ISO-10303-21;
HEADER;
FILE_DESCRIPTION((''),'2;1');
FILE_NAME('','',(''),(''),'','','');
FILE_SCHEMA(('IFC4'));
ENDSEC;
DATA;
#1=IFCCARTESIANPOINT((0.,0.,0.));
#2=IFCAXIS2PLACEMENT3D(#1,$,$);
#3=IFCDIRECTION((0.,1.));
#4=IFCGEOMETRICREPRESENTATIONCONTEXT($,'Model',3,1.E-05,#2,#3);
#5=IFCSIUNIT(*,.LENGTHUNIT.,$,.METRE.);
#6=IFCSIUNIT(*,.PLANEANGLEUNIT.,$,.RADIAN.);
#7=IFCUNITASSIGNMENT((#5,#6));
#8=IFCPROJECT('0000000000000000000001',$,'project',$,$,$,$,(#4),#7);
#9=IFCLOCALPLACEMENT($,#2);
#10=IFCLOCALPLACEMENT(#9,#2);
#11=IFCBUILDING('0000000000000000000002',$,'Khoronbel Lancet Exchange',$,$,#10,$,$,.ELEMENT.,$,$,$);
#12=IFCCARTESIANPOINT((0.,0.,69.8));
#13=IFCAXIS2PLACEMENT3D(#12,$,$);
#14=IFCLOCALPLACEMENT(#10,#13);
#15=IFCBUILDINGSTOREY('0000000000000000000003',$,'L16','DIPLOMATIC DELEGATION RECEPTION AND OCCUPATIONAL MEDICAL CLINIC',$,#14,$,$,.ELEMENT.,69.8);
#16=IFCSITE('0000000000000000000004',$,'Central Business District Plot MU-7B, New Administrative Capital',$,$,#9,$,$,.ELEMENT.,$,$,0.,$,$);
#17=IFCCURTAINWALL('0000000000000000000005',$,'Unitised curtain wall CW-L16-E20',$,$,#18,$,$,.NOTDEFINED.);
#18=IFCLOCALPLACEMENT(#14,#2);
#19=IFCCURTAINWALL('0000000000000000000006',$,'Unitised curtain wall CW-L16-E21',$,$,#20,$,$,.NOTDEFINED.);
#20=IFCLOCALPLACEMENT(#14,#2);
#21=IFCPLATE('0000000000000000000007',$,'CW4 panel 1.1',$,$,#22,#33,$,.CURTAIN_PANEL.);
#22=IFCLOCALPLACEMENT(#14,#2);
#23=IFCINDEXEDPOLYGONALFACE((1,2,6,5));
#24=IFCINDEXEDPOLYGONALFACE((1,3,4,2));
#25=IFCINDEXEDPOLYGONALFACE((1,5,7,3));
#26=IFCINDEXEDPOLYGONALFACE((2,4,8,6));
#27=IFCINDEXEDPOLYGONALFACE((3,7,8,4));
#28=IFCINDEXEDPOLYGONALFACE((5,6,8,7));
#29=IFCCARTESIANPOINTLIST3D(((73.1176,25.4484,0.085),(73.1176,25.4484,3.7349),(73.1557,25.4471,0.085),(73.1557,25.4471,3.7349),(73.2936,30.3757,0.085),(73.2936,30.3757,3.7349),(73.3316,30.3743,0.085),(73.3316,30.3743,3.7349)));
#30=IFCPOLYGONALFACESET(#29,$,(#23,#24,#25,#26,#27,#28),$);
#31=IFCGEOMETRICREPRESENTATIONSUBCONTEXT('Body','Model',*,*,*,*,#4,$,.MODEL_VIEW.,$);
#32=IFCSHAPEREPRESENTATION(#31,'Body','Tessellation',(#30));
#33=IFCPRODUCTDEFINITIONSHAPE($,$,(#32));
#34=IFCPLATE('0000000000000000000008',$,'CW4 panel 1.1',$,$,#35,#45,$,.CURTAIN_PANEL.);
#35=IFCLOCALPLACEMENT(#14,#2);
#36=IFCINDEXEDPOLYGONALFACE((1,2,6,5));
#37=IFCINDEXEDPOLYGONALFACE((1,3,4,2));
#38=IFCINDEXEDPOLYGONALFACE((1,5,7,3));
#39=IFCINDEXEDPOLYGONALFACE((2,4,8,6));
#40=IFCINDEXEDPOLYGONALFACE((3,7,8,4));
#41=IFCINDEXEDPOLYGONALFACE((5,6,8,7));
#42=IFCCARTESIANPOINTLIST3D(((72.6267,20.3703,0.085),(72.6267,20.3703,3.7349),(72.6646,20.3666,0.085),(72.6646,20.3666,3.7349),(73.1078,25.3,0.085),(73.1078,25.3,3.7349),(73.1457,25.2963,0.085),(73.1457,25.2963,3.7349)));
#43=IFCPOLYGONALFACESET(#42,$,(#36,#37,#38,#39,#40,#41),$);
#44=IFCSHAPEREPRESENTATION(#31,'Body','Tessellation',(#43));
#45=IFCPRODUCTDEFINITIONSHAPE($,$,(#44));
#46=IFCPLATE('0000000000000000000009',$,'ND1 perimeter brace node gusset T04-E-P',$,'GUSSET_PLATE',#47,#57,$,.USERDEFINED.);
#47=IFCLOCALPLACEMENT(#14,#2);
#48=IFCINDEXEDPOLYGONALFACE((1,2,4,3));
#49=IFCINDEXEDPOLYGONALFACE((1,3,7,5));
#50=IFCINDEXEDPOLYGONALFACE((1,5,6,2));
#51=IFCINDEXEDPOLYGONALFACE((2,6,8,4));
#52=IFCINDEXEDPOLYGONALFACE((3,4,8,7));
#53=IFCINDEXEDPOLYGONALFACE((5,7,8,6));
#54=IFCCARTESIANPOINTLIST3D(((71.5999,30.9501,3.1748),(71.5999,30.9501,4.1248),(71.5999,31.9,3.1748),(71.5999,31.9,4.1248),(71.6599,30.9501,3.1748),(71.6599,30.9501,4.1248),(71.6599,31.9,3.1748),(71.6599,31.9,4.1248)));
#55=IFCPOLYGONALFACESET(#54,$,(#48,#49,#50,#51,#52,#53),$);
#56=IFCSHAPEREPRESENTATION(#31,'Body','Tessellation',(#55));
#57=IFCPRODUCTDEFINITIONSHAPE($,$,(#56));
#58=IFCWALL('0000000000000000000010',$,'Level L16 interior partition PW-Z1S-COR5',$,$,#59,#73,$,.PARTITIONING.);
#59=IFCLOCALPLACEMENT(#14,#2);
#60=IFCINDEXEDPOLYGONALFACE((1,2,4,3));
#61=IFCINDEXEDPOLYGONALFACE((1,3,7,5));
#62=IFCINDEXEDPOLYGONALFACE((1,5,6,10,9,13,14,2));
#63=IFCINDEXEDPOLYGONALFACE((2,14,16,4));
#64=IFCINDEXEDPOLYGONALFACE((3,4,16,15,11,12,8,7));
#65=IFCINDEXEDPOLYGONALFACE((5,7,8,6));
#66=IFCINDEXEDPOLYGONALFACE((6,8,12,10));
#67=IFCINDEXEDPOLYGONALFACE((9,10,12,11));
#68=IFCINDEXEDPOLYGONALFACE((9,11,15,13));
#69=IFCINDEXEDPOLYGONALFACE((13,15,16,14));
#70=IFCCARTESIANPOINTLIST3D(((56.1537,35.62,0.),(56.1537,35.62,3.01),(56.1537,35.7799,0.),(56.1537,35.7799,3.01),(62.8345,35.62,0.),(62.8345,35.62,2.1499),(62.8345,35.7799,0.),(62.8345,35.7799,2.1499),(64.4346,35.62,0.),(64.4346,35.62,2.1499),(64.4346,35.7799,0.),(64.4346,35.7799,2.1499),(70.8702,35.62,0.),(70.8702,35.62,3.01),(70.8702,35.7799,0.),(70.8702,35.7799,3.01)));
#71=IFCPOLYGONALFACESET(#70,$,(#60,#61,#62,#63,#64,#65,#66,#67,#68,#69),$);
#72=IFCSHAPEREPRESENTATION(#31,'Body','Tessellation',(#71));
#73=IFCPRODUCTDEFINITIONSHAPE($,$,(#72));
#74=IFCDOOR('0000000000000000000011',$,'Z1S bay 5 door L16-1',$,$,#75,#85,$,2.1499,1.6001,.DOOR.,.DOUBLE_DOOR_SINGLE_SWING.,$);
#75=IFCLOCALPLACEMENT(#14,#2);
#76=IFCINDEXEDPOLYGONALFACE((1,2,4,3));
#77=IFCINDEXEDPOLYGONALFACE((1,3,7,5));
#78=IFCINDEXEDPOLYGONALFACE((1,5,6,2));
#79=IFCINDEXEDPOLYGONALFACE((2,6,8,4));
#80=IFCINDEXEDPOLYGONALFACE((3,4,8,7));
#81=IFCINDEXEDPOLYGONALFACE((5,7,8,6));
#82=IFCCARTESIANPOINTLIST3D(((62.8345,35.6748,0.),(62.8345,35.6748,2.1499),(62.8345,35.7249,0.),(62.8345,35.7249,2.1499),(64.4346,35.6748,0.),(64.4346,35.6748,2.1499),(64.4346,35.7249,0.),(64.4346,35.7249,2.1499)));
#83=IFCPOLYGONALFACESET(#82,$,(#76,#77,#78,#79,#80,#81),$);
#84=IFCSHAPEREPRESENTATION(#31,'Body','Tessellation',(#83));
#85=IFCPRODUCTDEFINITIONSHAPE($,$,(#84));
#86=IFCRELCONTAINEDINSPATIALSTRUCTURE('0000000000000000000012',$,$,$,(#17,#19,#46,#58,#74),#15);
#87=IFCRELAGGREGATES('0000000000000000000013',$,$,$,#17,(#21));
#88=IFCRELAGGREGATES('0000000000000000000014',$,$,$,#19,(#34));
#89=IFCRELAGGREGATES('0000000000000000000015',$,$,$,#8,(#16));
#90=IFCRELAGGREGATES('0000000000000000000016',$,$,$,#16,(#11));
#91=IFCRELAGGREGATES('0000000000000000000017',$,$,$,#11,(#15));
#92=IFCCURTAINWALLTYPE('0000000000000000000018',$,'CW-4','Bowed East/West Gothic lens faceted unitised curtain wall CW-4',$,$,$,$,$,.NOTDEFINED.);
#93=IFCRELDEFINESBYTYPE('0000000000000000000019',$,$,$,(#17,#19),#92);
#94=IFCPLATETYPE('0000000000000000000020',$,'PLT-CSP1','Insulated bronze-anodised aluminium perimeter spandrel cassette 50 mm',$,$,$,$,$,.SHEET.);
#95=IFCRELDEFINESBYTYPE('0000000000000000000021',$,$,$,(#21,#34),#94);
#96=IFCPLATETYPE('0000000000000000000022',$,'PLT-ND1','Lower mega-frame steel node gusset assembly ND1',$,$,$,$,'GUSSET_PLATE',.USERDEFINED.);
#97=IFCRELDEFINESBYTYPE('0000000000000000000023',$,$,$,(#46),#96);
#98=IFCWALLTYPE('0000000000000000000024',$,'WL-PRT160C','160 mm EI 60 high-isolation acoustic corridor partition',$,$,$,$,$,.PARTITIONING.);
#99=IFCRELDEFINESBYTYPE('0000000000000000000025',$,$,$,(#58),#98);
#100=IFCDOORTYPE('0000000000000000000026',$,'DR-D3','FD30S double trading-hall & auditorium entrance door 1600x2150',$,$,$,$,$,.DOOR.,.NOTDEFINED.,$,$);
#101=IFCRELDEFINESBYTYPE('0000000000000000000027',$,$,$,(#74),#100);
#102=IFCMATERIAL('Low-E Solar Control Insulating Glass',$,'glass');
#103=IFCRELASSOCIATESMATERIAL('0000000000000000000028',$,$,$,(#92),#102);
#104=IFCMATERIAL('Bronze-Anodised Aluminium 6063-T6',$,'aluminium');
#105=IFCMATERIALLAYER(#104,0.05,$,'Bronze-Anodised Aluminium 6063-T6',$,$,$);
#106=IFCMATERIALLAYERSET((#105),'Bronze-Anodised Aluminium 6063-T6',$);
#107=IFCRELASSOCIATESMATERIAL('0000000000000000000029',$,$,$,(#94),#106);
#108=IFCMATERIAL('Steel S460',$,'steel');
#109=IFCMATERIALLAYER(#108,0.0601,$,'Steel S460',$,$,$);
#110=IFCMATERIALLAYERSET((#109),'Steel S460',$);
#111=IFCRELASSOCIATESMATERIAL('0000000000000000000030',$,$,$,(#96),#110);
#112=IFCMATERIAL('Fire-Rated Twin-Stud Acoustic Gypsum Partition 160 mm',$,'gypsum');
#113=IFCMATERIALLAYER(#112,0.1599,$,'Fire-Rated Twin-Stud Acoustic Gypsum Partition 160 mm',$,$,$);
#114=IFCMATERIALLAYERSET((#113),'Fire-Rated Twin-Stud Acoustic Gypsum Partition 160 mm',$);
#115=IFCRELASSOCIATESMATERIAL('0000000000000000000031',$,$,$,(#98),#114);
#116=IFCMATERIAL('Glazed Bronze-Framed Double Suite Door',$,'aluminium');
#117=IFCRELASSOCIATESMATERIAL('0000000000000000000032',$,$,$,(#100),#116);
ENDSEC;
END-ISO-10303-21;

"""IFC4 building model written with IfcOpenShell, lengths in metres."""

from ifc_helpers import new_model, si_unit, direction, frame, frame_2d, origin, origin_2d, place, context, subcontext, project, spatial, rectangle, extrude, material, layer, layer_set, type_object, element, fill, aggregate, save


model = new_model("IFC4")

# Units and contexts
model_context = context("Model", 3, precision=1e-05, world=origin(), true_north=direction((0.0, 1.0)))
body_context = subcontext(model_context, "Body", "Model", "MODEL_VIEW")
ifc_project = project(units=[si_unit("LENGTHUNIT", "METRE"), si_unit("PLANEANGLEUNIT", "RADIAN")], contexts=[model_context])

# Site, building, storey
site_placement = place(None, origin())
site = spatial("IfcSite", under=ifc_project, at=site_placement, Name="Central Business District Plot MU-7B, New Administrative Capital", CompositionType="ELEMENT", RefElevation=0.0)
building_placement = place(site_placement, origin())
building = spatial("IfcBuilding", under=site, at=building_placement, Name="Khoronbel Lancet Exchange", CompositionType="ELEMENT")
storey_placement = place(building_placement, frame((0.0, 0.0, 69.8)))
storey = spatial("IfcBuildingStorey", under=building, at=storey_placement, Name="L16", Description="DIPLOMATIC DELEGATION RECEPTION AND OCCUPATIONAL MEDICAL CLINIC", CompositionType="ELEMENT", Elevation=69.8)

# Shared definitions
ifc_material_1 = material(Name="Low-E Solar Control Insulating Glass", Category="glass")
curtain_wall_type = type_object("IfcCurtainWallType", Name="CW-4", Description="Bowed East/West Gothic lens faceted unitised curtain wall CW-4", PredefinedType="NOTDEFINED", material=ifc_material_1)
ifc_material_2 = material(Name="Bronze-Anodised Aluminium 6063-T6", Category="aluminium")

# Curtain wall
curtain_wall_1_placement = place(storey_placement, origin())
curtain_wall_1 = element("IfcCurtainWall", 1, at=curtain_wall_1_placement, inside=storey, type_object=curtain_wall_type, Name="Unitised curtain wall CW-L16-E20", PredefinedType="NOTDEFINED")

# Curtain wall
curtain_wall_2_placement = place(storey_placement, origin())
curtain_wall_2 = element("IfcCurtainWall", 2, at=curtain_wall_2_placement, inside=storey, type_object=curtain_wall_type, Name="Unitised curtain wall CW-L16-E21", PredefinedType="NOTDEFINED")

# Plates
ifc_layer_1 = layer(ifc_material_2, 0.05, Name="Bronze-Anodised Aluminium 6063-T6")
ifc_layer_set_1 = layer_set([ifc_layer_1], Name="Bronze-Anodised Aluminium 6063-T6")
plate_type_1 = type_object("IfcPlateType", Name="PLT-CSP1", Description="Insulated bronze-anodised aluminium perimeter spandrel cassette 50 mm", PredefinedType="SHEET", material=ifc_layer_set_1)
plate_1_placement = place(storey_placement, frame((73.2246, 27.9114, 0.085), z_axis=(0.0, 0.0, 1.0), x_axis=(-0.035685, -0.999363, 0.0)))
plate_1 = element("IfcPlate", 3, at=plate_1_placement, type_object=plate_type_1, Name="CW4 panel 1.1", PredefinedType="CURTAIN_PANEL", context=body_context, shape_type="SweptSolid", body=[
    extrude(rectangle(XDim=4.9304, YDim=0.0381, at=origin_2d()), origin(), (0.0, 0.0, 1.0), 3.6499),
])
aggregate(curtain_wall_1, [plate_1])
plate_2_placement = place(storey_placement, frame((72.8862, 22.8333, 0.085), z_axis=(0.0, 0.0, 1.0), x_axis=(-0.097135, -0.995271, 0.0)))
plate_2 = element("IfcPlate", 4, at=plate_2_placement, type_object=plate_type_1, Name="CW4 panel 1.1", PredefinedType="CURTAIN_PANEL", context=body_context, shape_type="SweptSolid", body=[
    extrude(rectangle(XDim=4.9531, YDim=0.0381, at=origin_2d()), origin(), (0.0, 0.0, 1.0), 3.6499),
])
aggregate(curtain_wall_2, [plate_2])
ifc_material_3 = material(Name="Steel S460", Category="steel")
ifc_layer_2 = layer(ifc_material_3, 0.0601, Name="Steel S460")
ifc_layer_set_2 = layer_set([ifc_layer_2], Name="Steel S460")
plate_type_2 = type_object("IfcPlateType", Name="PLT-ND1", Description="Lower mega-frame steel node gusset assembly ND1", ElementType="GUSSET_PLATE", PredefinedType="USERDEFINED", material=ifc_layer_set_2)
plate_3_placement = place(storey_placement, frame((71.6299, 31.425, 3.1748), z_axis=(0.0, 0.0, 1.0), x_axis=(0.0, 1.0, 0.0)))
element("IfcPlate", 5, at=plate_3_placement, inside=storey, type_object=plate_type_2, Name="ND1 perimeter brace node gusset T04-E-P", ObjectType="GUSSET_PLATE", PredefinedType="USERDEFINED", context=body_context, shape_type="SweptSolid", body=[
    extrude(rectangle(XDim=0.95, YDim=0.0601, at=origin_2d()), origin(), (0.0, 0.0, 1.0), 0.95),
])

# Wall, opening, door
ifc_material_4 = material(Name="Fire-Rated Twin-Stud Acoustic Gypsum Partition 160 mm", Category="gypsum")
ifc_layer_3 = layer(ifc_material_4, 0.1599, Name="Fire-Rated Twin-Stud Acoustic Gypsum Partition 160 mm")
ifc_layer_set_3 = layer_set([ifc_layer_3], Name="Fire-Rated Twin-Stud Acoustic Gypsum Partition 160 mm")
wall_type = type_object("IfcWallType", Name="WL-PRT160C", Description="160 mm EI 60 high-isolation acoustic corridor partition", PredefinedType="PARTITIONING", material=ifc_layer_set_3)
wall_placement = place(storey_placement, frame((56.1536, 35.7, 0.0), z_axis=(0.0, 0.0, 1.0), x_axis=(1.0, 0.0, 0.0)))
wall = element("IfcWall", 6, at=wall_placement, inside=storey, type_object=wall_type, Name="Level L16 interior partition PW-Z1S-COR5", PredefinedType="PARTITIONING", context=body_context, shape_type="SweptSolid", body=[
    extrude(rectangle(XDim=14.7166, YDim=0.1599, at=frame_2d((7.3584, 0.0))), origin(), (0.0, 0.0, 1.0), 3.01),
])
opening_placement = place(wall_placement, frame((6.6809, 0.0, 0.0)))
opening = element("IfcOpeningElement", 7, at=opening_placement, cuts=wall, PredefinedType="OPENING", context=body_context, shape_type="SweptSolid", body=[
    extrude(rectangle(XDim=1.6001, YDim=2.1499, at=frame_2d((0.8, 1.075))), frame((0.0, 0.0898, 0.0), z_axis=(0.0, -1.0, 0.0), x_axis=(1.0, 0.0, 0.0)), (0.0, 0.0, 1.0), 0.1799),
])
ifc_material_5 = material(Name="Glazed Bronze-Framed Double Suite Door", Category="aluminium")
door_type = type_object("IfcDoorType", Name="DR-D3", Description="FD30S double trading-hall & auditorium entrance door 1600x2150", OperationType="NOTDEFINED", PredefinedType="DOOR", material=ifc_material_5)
door_placement = place(opening_placement, origin())
door = element("IfcDoor", 8, at=door_placement, inside=storey, type_object=door_type, Name="Z1S bay 5 door L16-1", OperationType="DOUBLE_DOOR_SINGLE_SWING", OverallHeight=2.1499, OverallWidth=1.6001, PredefinedType="DOOR", context=body_context, shape_type="SweptSolid", body=[
    extrude(rectangle(XDim=1.6001, YDim=2.1499, at=frame_2d((0.8, 1.075))), frame((0.0, 0.0249, 0.0), z_axis=(0.0, -1.0, 0.0), x_axis=(1.0, 0.0, 0.0)), (0.0, 0.0, 1.0), 0.05),
])
fill(opening, door)

save(model, "model.ifc")
